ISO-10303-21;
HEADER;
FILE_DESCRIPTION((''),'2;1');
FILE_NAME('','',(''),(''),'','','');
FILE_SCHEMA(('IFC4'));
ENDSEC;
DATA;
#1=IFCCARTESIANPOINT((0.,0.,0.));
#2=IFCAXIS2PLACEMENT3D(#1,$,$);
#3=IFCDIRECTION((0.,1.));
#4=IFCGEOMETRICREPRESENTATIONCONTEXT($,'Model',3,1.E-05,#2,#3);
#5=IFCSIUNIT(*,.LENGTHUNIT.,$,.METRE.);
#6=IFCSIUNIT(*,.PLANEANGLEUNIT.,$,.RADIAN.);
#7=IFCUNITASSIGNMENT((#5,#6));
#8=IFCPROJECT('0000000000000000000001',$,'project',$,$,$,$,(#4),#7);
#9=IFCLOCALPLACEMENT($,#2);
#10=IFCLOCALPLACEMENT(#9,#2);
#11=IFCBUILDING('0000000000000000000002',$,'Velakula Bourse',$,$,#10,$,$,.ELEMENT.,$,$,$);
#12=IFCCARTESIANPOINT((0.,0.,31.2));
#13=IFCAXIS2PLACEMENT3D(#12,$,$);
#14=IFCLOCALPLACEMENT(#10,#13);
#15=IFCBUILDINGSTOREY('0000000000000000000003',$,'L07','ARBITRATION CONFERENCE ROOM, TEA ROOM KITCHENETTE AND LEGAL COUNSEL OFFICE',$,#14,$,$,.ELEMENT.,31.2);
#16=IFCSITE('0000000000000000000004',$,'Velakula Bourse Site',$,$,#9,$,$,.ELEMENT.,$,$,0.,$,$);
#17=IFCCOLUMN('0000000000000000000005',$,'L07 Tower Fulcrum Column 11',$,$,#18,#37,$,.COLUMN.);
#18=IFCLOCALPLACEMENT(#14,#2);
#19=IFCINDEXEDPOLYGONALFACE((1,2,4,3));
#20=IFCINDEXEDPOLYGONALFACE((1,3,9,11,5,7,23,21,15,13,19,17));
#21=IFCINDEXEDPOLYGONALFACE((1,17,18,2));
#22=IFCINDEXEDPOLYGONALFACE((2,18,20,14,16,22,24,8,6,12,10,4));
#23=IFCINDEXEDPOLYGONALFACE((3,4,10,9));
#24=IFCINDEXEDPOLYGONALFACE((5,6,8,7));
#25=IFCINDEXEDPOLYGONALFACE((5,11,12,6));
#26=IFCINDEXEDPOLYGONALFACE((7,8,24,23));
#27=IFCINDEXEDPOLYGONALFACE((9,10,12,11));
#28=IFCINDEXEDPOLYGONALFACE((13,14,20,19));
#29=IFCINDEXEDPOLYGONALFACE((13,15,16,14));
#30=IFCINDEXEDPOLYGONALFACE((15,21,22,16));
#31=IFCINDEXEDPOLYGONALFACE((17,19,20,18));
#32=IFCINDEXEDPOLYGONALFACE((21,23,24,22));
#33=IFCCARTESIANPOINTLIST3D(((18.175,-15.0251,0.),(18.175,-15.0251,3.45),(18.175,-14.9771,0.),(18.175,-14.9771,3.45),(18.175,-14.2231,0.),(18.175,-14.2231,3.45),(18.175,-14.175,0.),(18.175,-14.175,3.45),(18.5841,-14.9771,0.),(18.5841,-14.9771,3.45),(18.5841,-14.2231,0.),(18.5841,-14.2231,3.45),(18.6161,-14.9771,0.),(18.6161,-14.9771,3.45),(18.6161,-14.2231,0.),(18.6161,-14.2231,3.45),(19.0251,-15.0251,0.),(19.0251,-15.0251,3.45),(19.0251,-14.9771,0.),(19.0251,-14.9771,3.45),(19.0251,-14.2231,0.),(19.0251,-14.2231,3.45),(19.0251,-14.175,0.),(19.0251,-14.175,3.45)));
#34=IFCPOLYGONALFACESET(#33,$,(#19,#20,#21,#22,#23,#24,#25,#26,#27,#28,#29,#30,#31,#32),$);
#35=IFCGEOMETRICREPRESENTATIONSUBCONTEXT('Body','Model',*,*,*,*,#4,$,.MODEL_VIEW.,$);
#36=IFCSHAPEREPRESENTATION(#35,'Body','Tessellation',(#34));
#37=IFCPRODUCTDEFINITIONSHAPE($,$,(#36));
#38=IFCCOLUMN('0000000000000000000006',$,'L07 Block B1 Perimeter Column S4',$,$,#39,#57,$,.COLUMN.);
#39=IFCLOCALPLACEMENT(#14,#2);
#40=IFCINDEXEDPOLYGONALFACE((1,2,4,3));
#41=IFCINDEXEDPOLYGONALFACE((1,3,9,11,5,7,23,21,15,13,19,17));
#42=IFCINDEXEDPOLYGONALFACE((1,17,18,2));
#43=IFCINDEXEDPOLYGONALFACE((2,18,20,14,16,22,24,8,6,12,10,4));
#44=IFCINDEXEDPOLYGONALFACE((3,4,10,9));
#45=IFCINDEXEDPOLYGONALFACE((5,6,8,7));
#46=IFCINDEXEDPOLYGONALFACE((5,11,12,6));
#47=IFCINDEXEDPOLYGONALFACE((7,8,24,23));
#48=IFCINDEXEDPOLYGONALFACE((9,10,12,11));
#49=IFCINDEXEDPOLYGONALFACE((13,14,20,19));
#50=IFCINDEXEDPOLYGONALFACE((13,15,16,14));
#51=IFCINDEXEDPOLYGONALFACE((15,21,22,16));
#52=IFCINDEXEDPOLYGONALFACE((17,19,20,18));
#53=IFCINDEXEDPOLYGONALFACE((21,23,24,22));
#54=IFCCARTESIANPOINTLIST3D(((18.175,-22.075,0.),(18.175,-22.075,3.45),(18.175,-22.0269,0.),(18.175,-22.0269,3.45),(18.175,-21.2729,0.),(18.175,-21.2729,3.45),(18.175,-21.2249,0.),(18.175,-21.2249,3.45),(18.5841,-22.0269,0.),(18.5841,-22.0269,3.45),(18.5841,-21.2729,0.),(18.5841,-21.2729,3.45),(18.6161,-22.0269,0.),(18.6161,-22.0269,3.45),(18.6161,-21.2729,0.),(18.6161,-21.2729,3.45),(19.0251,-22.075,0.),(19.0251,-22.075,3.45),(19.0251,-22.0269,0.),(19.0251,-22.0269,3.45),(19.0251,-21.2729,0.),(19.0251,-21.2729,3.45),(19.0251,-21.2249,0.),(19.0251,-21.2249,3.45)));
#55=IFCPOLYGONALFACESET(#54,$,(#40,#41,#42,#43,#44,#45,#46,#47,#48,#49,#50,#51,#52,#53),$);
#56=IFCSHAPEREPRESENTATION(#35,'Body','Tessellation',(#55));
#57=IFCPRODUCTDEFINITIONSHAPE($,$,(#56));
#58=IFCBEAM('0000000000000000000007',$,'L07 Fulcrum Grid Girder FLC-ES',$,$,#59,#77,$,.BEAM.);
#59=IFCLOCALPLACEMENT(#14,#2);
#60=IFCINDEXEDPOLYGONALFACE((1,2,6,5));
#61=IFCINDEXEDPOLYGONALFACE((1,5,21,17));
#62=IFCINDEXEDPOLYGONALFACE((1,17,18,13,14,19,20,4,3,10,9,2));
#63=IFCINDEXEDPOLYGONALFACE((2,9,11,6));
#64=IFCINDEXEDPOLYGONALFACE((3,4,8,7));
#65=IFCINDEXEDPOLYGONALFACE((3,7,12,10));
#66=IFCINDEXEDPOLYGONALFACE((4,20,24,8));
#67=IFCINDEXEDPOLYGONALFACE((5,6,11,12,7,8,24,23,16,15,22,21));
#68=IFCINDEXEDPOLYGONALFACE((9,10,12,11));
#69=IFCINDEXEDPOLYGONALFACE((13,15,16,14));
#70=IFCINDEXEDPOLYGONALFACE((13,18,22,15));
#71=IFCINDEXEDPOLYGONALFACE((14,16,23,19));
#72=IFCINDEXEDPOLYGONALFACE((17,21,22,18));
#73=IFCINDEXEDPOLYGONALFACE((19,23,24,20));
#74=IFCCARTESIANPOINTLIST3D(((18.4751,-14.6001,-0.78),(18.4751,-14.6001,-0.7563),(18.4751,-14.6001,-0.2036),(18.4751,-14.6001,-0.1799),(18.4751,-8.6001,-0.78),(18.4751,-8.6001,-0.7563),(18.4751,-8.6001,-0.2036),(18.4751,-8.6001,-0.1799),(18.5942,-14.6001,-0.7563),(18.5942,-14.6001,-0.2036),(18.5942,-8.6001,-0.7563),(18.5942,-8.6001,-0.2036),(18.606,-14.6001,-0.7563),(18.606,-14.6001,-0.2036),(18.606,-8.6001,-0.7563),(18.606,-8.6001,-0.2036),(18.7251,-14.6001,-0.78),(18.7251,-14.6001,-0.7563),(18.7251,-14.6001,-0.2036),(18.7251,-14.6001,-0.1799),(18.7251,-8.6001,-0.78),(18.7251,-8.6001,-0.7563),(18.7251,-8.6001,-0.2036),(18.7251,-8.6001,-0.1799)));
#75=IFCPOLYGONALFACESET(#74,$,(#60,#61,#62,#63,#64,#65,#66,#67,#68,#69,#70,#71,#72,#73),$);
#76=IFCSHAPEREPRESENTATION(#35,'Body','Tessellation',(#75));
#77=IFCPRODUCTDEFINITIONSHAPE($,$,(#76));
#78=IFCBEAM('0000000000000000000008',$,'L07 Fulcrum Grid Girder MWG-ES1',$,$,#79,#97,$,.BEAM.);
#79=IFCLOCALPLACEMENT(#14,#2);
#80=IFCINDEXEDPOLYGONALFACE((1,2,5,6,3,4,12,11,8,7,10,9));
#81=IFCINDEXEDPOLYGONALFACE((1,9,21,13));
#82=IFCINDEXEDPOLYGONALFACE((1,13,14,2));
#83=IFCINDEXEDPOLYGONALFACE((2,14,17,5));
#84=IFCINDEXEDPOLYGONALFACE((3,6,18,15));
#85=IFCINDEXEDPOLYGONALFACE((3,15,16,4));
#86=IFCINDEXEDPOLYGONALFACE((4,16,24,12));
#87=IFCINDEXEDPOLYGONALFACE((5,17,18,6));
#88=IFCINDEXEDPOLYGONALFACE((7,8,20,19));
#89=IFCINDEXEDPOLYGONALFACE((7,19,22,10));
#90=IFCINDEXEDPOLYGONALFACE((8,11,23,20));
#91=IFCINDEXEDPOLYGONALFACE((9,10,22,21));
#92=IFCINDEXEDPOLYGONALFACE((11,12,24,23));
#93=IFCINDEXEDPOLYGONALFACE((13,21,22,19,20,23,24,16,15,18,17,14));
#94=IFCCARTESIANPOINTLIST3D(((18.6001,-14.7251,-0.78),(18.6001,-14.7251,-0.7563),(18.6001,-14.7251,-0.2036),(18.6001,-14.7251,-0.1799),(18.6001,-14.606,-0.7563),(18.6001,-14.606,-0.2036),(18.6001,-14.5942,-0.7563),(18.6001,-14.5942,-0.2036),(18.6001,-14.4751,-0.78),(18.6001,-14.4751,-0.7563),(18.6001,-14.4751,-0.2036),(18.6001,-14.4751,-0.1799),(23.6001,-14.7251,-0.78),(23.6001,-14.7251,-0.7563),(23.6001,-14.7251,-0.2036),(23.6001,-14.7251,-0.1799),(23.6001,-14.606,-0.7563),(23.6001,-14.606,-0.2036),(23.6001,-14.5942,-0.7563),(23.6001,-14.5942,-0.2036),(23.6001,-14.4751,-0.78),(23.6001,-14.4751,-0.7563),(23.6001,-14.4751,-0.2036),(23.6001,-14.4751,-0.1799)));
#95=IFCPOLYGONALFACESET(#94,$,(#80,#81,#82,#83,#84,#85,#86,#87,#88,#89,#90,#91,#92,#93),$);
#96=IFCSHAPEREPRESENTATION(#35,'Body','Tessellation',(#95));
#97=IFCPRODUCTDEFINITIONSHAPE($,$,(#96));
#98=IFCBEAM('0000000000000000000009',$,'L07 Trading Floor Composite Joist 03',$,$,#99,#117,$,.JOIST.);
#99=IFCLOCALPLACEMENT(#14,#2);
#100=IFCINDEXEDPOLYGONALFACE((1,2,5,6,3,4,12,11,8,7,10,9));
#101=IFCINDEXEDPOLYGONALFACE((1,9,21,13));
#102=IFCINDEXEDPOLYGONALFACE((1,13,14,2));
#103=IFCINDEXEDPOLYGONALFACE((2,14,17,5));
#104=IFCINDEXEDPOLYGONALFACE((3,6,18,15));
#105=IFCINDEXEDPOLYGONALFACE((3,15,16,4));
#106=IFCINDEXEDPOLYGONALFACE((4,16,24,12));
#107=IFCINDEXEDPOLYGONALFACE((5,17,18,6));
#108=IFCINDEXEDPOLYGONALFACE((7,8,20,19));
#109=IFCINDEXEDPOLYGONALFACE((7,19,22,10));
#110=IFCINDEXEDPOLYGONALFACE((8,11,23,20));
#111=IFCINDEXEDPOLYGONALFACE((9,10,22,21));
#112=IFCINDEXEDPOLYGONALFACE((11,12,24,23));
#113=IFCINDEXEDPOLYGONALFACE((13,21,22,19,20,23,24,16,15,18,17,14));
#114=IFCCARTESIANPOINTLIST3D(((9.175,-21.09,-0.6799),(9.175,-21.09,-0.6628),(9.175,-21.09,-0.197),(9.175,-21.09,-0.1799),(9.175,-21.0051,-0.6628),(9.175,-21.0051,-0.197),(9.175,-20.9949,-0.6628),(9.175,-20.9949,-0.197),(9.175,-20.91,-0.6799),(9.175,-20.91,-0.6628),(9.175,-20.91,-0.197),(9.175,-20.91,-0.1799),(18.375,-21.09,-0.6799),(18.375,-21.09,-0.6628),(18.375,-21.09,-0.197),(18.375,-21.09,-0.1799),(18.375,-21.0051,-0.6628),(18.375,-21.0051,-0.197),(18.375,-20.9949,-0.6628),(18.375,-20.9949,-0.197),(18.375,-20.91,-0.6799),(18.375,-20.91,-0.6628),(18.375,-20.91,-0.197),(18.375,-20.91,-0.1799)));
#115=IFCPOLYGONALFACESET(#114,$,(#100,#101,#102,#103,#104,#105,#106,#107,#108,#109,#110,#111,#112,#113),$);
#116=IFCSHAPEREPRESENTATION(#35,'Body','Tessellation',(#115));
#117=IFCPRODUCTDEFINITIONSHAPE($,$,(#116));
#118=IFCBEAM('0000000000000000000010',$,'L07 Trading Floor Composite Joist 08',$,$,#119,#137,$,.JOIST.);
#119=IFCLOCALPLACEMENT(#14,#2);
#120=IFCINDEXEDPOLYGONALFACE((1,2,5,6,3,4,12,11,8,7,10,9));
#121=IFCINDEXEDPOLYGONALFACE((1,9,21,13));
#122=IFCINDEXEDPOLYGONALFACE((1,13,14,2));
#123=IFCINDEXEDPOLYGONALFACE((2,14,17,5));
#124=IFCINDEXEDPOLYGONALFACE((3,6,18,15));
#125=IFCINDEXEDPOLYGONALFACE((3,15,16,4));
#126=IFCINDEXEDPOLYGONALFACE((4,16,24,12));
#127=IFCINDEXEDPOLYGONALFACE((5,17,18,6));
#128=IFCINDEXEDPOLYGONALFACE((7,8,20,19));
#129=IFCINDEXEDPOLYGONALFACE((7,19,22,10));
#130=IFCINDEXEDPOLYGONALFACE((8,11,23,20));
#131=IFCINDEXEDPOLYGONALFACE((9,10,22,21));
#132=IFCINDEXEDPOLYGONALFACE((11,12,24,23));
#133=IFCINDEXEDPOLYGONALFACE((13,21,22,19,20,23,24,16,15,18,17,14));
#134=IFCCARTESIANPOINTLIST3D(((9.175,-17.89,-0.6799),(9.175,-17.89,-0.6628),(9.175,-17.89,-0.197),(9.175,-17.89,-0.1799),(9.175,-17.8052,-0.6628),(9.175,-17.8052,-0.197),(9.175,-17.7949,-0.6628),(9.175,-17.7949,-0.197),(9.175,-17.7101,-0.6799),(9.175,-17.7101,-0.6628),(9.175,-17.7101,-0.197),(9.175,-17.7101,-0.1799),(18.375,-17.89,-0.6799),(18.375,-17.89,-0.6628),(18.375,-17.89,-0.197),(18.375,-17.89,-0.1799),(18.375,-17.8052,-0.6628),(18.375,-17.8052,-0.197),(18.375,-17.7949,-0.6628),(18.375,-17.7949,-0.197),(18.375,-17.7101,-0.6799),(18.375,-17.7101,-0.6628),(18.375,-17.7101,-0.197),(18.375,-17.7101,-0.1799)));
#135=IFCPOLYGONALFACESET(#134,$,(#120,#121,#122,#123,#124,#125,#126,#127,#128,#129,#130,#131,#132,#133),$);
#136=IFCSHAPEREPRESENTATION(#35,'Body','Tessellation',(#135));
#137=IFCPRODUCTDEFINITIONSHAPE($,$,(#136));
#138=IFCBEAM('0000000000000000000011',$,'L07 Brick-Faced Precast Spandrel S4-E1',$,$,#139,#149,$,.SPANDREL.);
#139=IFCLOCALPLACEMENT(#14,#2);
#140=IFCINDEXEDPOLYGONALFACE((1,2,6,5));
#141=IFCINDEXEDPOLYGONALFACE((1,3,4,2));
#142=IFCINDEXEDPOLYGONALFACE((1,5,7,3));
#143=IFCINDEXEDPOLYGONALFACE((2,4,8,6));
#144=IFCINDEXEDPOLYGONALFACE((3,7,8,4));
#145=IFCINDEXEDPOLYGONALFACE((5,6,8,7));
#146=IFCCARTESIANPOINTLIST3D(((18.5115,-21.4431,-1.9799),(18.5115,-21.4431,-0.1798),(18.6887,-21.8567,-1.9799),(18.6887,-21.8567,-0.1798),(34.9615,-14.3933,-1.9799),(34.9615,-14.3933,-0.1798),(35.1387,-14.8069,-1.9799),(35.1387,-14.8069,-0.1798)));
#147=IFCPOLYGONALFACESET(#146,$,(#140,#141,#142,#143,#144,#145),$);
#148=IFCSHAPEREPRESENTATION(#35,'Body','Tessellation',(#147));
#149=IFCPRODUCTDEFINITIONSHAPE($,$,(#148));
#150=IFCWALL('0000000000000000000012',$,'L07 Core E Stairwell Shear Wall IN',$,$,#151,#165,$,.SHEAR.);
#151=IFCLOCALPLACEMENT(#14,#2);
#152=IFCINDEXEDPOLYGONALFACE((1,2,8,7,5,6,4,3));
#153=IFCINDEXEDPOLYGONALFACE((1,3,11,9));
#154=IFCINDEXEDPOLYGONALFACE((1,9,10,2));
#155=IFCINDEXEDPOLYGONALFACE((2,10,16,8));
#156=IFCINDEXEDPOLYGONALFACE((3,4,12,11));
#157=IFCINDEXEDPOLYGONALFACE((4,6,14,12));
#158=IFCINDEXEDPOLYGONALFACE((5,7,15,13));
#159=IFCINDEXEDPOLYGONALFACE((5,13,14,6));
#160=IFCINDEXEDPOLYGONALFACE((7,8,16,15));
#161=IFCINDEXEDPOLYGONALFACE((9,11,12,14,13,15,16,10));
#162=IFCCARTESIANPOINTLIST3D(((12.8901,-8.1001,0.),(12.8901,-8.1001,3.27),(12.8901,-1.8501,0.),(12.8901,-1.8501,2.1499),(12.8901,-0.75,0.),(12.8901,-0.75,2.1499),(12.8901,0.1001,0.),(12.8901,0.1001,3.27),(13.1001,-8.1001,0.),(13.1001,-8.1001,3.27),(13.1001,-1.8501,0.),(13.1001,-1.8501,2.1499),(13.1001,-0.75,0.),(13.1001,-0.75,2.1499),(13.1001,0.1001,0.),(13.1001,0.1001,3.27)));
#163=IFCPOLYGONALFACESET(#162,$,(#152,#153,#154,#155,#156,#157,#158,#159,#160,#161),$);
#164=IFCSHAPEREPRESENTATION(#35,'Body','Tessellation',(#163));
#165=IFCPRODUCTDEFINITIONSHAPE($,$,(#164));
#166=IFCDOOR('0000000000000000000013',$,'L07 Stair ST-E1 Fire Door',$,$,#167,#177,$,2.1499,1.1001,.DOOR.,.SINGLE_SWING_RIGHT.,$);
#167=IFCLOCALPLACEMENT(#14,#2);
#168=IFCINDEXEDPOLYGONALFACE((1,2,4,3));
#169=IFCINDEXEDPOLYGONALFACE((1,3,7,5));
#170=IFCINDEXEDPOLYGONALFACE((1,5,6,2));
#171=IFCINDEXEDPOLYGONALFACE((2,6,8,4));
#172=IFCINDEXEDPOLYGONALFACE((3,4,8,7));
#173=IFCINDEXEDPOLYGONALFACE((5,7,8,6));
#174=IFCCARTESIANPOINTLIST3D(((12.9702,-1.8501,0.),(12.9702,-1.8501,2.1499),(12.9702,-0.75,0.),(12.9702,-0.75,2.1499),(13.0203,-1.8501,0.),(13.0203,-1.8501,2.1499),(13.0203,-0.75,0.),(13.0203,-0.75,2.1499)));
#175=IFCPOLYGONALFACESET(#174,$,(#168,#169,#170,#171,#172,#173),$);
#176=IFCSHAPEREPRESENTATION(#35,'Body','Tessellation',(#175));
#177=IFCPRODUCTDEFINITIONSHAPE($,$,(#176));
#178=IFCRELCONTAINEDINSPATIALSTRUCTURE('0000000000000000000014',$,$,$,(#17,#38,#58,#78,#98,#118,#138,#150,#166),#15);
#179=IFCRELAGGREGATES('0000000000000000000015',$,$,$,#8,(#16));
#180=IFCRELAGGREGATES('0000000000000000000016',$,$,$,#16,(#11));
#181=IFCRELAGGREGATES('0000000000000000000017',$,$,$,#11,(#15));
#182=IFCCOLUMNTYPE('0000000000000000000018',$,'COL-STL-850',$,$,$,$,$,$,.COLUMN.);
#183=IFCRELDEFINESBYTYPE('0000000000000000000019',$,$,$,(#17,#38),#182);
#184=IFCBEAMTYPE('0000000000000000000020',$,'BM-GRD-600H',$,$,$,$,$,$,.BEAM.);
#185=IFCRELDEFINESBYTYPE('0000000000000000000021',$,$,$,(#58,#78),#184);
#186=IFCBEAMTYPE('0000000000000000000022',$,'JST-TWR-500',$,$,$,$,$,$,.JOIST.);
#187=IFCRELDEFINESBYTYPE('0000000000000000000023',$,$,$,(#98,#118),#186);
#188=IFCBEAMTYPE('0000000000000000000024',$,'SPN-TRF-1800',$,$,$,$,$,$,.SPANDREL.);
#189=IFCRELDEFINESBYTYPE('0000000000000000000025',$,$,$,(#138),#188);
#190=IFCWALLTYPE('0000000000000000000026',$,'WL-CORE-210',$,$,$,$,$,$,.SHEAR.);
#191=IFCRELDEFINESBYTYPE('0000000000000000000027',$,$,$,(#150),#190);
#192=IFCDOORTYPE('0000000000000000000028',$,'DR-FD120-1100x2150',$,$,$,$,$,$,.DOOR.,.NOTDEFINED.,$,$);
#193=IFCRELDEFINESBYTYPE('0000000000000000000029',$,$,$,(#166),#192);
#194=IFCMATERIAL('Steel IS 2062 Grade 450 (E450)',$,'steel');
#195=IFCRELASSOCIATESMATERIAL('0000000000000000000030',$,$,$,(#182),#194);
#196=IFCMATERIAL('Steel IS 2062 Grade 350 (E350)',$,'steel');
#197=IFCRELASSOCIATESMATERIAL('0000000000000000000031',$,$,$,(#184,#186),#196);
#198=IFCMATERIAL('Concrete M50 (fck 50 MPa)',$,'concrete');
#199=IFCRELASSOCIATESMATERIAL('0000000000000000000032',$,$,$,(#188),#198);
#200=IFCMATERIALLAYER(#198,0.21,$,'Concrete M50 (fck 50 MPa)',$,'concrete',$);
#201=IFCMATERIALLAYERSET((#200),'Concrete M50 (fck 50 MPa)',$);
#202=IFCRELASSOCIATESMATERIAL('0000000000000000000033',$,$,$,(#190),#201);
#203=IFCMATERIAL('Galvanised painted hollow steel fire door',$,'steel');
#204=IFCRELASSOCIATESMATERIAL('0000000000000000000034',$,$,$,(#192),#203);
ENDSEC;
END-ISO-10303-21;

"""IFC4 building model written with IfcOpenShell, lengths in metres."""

from ifc_helpers import new_model, si_unit, direction, frame, frame_2d, origin, origin_2d, place, context, subcontext, project, spatial, rectangle, i_section, extrude, material, layer, layer_set, material_profile, profile_set, type_object, element, fill, save


model = new_model("IFC4")

# Units and contexts
model_context = context("Model", 3, precision=1e-05, world=origin(), true_north=direction((0.0, 1.0)))
body_context = subcontext(model_context, "Body", "Model", "MODEL_VIEW")
ifc_project = project(units=[si_unit("LENGTHUNIT", "METRE"), si_unit("PLANEANGLEUNIT", "RADIAN")], contexts=[model_context])

# Site, building, storey
site_placement = place(None, origin())
site = spatial("IfcSite", under=ifc_project, at=site_placement, Name="Velakula Bourse Site", CompositionType="ELEMENT", RefElevation=0.0)
building_placement = place(site_placement, origin())
building = spatial("IfcBuilding", under=site, at=building_placement, Name="Velakula Bourse", CompositionType="ELEMENT")
storey_placement = place(building_placement, frame((0.0, 0.0, 31.2)))
storey = spatial("IfcBuildingStorey", under=building, at=storey_placement, Name="L07", Description="ARBITRATION CONFERENCE ROOM, TEA ROOM KITCHENETTE AND LEGAL COUNSEL OFFICE", CompositionType="ELEMENT", Elevation=31.2)

# Columns
ifc_material_1 = material(Name="Steel IS 2062 Grade 450 (E450)", Category="steel")
ifc_material_profile_1 = material_profile(ifc_material_1, i_section(OverallWidth=0.8501, OverallDepth=0.8501, WebThickness=0.032, FlangeThickness=0.0481, at=origin_2d()), Name="Steel IS 2062 Grade 450 (E450)")
ifc_profile_set_1 = profile_set([ifc_material_profile_1], Name="Steel IS 2062 Grade 450 (E450)")
column_type = type_object("IfcColumnType", Name="COL-STL-850", PredefinedType="COLUMN", material=ifc_profile_set_1)
for number, where, z_axis, x_axis, name in (
    (1, (18.6001, -14.6001, 0.0), (0.0, 0.0, 1.0), (1.0, 0.0, 0.0), "L07 Tower Fulcrum Column 11"),
    (2, (18.6001, -21.6499, 0.0), (0.0, 0.0, 1.0), (1.0, 0.0, 0.0), "L07 Block B1 Perimeter Column S4"),
):
    element("IfcColumn", number, at=place(storey_placement, frame(where, z_axis=z_axis, x_axis=x_axis)), inside=storey, type_object=column_type, Name=name, PredefinedType="COLUMN", context=body_context, shape_type="SweptSolid", body=[
        extrude(i_section(OverallWidth=0.8501, OverallDepth=0.8501, WebThickness=0.032, FlangeThickness=0.0481, at=origin_2d()), origin(), (0.0, 0.0, 1.0), 3.45),
    ])

# Beams
ifc_material_2 = material(Name="Steel IS 2062 Grade 350 (E350)", Category="steel")
ifc_material_profile_2 = material_profile(ifc_material_2, i_section(OverallWidth=0.25, OverallDepth=0.6001, WebThickness=0.0117, FlangeThickness=0.0237, at=origin_2d()), Name="Steel IS 2062 Grade 350 (E350)")
ifc_profile_set_2 = profile_set([ifc_material_profile_2], Name="Steel IS 2062 Grade 350 (E350)")
beam_type_1 = type_object("IfcBeamType", Name="BM-GRD-600H", PredefinedType="BEAM", material=ifc_profile_set_2)
beam_1_placement = place(storey_placement, frame((18.6001, -14.6001, -0.48), z_axis=(0.0, 1.0, 0.0), x_axis=(-1.0, 0.0, 0.0)))
element("IfcBeam", 3, at=beam_1_placement, inside=storey, type_object=beam_type_1, Name="L07 Fulcrum Grid Girder FLC-ES", PredefinedType="BEAM", context=body_context, shape_type="SweptSolid", body=[
    extrude(i_section(OverallWidth=0.25, OverallDepth=0.6001, WebThickness=0.0117, FlangeThickness=0.0237, at=origin_2d()), origin(), (0.0, 0.0, 1.0), 6.0),
])
beam_2_placement = place(storey_placement, frame((18.6001, -14.6001, -0.48), z_axis=(1.0, 0.0, 0.0), x_axis=(0.0, 1.0, 0.0)))
element("IfcBeam", 4, at=beam_2_placement, inside=storey, type_object=beam_type_1, Name="L07 Fulcrum Grid Girder MWG-ES1", PredefinedType="BEAM", context=body_context, shape_type="SweptSolid", body=[
    extrude(i_section(OverallWidth=0.25, OverallDepth=0.6001, WebThickness=0.0117, FlangeThickness=0.0237, at=origin_2d()), origin(), (0.0, 0.0, 1.0), 5.0),
])
ifc_material_profile_3 = material_profile(ifc_material_2, i_section(OverallWidth=0.1799, OverallDepth=0.5, WebThickness=0.0103, FlangeThickness=0.0171, at=origin_2d()), Name="Steel IS 2062 Grade 350 (E350)")
ifc_profile_set_3 = profile_set([ifc_material_profile_3], Name="Steel IS 2062 Grade 350 (E350)")
beam_type_2 = type_object("IfcBeamType", Name="JST-TWR-500", PredefinedType="JOIST", material=ifc_profile_set_3)
for number, where, z_axis, x_axis, name in (
    (5, (9.175, -21.0, -0.4299), (1.0, 0.0, 0.0), (0.0, 1.0, 0.0), "L07 Trading Floor Composite Joist 03"),
    (6, (9.175, -17.8, -0.4299), (1.0, 0.0, 0.0), (0.0, 1.0, 0.0), "L07 Trading Floor Composite Joist 08"),
):
    element("IfcBeam", number, at=place(storey_placement, frame(where, z_axis=z_axis, x_axis=x_axis)), inside=storey, type_object=beam_type_2, Name=name, PredefinedType="JOIST", context=body_context, shape_type="SweptSolid", body=[
        extrude(i_section(OverallWidth=0.1799, OverallDepth=0.5, WebThickness=0.0103, FlangeThickness=0.0171, at=origin_2d()), origin(), (0.0, 0.0, 1.0), 9.2),
    ])
ifc_material_3 = material(Name="Concrete M50 (fck 50 MPa)", Category="concrete")
ifc_material_profile_4 = material_profile(ifc_material_3, rectangle(XDim=0.45, YDim=1.8, at=origin_2d()), Name="Concrete M50 (fck 50 MPa)")
ifc_profile_set_4 = profile_set([ifc_material_profile_4], Name="Concrete M50 (fck 50 MPa)")
beam_type_3 = type_object("IfcBeamType", Name="SPN-TRF-1800", PredefinedType="SPANDREL", material=ifc_profile_set_4)
beam_3_placement = place(storey_placement, frame((18.6001, -21.6499, -1.0798), z_axis=(0.919149, 0.393911, 0.0), x_axis=(-0.393911, 0.919149, 0.0)))
element("IfcBeam", 7, at=beam_3_placement, inside=storey, type_object=beam_type_3, Name="L07 Brick-Faced Precast Spandrel S4-E1", PredefinedType="SPANDREL", context=body_context, shape_type="SweptSolid", body=[
    extrude(rectangle(XDim=0.45, YDim=1.8, at=origin_2d()), origin(), (0.0, 0.0, 1.0), 17.897),
])

# Wall, opening, door
ifc_layer_1 = layer(ifc_material_3, 0.21, Name="Concrete M50 (fck 50 MPa)", Category="concrete")
ifc_layer_set_1 = layer_set([ifc_layer_1], Name="Concrete M50 (fck 50 MPa)")
wall_type_1 = type_object("IfcWallType", Name="WL-CORE-210", PredefinedType="SHEAR", material=ifc_layer_set_1)
wall_1_placement = place(storey_placement, frame((12.9951, -8.1001, 0.0), z_axis=(0.0, 0.0, 1.0), x_axis=(0.0, 1.0, 0.0)))
wall_1 = element("IfcWall", 8, at=wall_1_placement, inside=storey, type_object=wall_type_1, Name="L07 Core E Stairwell Shear Wall IN", PredefinedType="SHEAR", context=body_context, shape_type="SweptSolid", body=[
    extrude(rectangle(XDim=8.2002, YDim=0.21, at=frame_2d((4.1001, 0.0))), origin(), (0.0, 0.0, 1.0), 3.27),
])
opening_1_placement = place(wall_1_placement, frame((6.25, 0.0, 0.0)))
opening_1 = element("IfcOpeningElement", 9, at=opening_1_placement, cuts=wall_1, PredefinedType="OPENING", context=body_context, shape_type="SweptSolid", body=[
    extrude(rectangle(XDim=1.1001, YDim=2.1499, at=frame_2d((0.55, 1.075))), frame((0.0, 0.115, 0.0), z_axis=(0.0, -1.0, 0.0), x_axis=(1.0, 0.0, 0.0)), (0.0, 0.0, 1.0), 0.23),
])
ifc_material_4 = material(Name="Galvanised painted hollow steel fire door", Category="steel")
door_type_1 = type_object("IfcDoorType", Name="DR-FD120-1100x2150", OperationType="NOTDEFINED", PredefinedType="DOOR", material=ifc_material_4)
door_1_placement = place(opening_1_placement, origin())
door_1 = element("IfcDoor", 10, at=door_1_placement, inside=storey, type_object=door_type_1, Name="L07 Stair ST-E1 Fire Door", OperationType="SINGLE_SWING_RIGHT", OverallHeight=2.1499, OverallWidth=1.1001, PredefinedType="DOOR", context=body_context, shape_type="SweptSolid", body=[
    extrude(rectangle(XDim=1.1001, YDim=2.1499, at=frame_2d((0.55, 1.075))), frame((0.0, 0.0249, 0.0), z_axis=(0.0, -1.0, 0.0), x_axis=(1.0, 0.0, 0.0)), (0.0, 0.0, 1.0), 0.05),
])
fill(opening_1, door_1)

save(model, "model.ifc")
